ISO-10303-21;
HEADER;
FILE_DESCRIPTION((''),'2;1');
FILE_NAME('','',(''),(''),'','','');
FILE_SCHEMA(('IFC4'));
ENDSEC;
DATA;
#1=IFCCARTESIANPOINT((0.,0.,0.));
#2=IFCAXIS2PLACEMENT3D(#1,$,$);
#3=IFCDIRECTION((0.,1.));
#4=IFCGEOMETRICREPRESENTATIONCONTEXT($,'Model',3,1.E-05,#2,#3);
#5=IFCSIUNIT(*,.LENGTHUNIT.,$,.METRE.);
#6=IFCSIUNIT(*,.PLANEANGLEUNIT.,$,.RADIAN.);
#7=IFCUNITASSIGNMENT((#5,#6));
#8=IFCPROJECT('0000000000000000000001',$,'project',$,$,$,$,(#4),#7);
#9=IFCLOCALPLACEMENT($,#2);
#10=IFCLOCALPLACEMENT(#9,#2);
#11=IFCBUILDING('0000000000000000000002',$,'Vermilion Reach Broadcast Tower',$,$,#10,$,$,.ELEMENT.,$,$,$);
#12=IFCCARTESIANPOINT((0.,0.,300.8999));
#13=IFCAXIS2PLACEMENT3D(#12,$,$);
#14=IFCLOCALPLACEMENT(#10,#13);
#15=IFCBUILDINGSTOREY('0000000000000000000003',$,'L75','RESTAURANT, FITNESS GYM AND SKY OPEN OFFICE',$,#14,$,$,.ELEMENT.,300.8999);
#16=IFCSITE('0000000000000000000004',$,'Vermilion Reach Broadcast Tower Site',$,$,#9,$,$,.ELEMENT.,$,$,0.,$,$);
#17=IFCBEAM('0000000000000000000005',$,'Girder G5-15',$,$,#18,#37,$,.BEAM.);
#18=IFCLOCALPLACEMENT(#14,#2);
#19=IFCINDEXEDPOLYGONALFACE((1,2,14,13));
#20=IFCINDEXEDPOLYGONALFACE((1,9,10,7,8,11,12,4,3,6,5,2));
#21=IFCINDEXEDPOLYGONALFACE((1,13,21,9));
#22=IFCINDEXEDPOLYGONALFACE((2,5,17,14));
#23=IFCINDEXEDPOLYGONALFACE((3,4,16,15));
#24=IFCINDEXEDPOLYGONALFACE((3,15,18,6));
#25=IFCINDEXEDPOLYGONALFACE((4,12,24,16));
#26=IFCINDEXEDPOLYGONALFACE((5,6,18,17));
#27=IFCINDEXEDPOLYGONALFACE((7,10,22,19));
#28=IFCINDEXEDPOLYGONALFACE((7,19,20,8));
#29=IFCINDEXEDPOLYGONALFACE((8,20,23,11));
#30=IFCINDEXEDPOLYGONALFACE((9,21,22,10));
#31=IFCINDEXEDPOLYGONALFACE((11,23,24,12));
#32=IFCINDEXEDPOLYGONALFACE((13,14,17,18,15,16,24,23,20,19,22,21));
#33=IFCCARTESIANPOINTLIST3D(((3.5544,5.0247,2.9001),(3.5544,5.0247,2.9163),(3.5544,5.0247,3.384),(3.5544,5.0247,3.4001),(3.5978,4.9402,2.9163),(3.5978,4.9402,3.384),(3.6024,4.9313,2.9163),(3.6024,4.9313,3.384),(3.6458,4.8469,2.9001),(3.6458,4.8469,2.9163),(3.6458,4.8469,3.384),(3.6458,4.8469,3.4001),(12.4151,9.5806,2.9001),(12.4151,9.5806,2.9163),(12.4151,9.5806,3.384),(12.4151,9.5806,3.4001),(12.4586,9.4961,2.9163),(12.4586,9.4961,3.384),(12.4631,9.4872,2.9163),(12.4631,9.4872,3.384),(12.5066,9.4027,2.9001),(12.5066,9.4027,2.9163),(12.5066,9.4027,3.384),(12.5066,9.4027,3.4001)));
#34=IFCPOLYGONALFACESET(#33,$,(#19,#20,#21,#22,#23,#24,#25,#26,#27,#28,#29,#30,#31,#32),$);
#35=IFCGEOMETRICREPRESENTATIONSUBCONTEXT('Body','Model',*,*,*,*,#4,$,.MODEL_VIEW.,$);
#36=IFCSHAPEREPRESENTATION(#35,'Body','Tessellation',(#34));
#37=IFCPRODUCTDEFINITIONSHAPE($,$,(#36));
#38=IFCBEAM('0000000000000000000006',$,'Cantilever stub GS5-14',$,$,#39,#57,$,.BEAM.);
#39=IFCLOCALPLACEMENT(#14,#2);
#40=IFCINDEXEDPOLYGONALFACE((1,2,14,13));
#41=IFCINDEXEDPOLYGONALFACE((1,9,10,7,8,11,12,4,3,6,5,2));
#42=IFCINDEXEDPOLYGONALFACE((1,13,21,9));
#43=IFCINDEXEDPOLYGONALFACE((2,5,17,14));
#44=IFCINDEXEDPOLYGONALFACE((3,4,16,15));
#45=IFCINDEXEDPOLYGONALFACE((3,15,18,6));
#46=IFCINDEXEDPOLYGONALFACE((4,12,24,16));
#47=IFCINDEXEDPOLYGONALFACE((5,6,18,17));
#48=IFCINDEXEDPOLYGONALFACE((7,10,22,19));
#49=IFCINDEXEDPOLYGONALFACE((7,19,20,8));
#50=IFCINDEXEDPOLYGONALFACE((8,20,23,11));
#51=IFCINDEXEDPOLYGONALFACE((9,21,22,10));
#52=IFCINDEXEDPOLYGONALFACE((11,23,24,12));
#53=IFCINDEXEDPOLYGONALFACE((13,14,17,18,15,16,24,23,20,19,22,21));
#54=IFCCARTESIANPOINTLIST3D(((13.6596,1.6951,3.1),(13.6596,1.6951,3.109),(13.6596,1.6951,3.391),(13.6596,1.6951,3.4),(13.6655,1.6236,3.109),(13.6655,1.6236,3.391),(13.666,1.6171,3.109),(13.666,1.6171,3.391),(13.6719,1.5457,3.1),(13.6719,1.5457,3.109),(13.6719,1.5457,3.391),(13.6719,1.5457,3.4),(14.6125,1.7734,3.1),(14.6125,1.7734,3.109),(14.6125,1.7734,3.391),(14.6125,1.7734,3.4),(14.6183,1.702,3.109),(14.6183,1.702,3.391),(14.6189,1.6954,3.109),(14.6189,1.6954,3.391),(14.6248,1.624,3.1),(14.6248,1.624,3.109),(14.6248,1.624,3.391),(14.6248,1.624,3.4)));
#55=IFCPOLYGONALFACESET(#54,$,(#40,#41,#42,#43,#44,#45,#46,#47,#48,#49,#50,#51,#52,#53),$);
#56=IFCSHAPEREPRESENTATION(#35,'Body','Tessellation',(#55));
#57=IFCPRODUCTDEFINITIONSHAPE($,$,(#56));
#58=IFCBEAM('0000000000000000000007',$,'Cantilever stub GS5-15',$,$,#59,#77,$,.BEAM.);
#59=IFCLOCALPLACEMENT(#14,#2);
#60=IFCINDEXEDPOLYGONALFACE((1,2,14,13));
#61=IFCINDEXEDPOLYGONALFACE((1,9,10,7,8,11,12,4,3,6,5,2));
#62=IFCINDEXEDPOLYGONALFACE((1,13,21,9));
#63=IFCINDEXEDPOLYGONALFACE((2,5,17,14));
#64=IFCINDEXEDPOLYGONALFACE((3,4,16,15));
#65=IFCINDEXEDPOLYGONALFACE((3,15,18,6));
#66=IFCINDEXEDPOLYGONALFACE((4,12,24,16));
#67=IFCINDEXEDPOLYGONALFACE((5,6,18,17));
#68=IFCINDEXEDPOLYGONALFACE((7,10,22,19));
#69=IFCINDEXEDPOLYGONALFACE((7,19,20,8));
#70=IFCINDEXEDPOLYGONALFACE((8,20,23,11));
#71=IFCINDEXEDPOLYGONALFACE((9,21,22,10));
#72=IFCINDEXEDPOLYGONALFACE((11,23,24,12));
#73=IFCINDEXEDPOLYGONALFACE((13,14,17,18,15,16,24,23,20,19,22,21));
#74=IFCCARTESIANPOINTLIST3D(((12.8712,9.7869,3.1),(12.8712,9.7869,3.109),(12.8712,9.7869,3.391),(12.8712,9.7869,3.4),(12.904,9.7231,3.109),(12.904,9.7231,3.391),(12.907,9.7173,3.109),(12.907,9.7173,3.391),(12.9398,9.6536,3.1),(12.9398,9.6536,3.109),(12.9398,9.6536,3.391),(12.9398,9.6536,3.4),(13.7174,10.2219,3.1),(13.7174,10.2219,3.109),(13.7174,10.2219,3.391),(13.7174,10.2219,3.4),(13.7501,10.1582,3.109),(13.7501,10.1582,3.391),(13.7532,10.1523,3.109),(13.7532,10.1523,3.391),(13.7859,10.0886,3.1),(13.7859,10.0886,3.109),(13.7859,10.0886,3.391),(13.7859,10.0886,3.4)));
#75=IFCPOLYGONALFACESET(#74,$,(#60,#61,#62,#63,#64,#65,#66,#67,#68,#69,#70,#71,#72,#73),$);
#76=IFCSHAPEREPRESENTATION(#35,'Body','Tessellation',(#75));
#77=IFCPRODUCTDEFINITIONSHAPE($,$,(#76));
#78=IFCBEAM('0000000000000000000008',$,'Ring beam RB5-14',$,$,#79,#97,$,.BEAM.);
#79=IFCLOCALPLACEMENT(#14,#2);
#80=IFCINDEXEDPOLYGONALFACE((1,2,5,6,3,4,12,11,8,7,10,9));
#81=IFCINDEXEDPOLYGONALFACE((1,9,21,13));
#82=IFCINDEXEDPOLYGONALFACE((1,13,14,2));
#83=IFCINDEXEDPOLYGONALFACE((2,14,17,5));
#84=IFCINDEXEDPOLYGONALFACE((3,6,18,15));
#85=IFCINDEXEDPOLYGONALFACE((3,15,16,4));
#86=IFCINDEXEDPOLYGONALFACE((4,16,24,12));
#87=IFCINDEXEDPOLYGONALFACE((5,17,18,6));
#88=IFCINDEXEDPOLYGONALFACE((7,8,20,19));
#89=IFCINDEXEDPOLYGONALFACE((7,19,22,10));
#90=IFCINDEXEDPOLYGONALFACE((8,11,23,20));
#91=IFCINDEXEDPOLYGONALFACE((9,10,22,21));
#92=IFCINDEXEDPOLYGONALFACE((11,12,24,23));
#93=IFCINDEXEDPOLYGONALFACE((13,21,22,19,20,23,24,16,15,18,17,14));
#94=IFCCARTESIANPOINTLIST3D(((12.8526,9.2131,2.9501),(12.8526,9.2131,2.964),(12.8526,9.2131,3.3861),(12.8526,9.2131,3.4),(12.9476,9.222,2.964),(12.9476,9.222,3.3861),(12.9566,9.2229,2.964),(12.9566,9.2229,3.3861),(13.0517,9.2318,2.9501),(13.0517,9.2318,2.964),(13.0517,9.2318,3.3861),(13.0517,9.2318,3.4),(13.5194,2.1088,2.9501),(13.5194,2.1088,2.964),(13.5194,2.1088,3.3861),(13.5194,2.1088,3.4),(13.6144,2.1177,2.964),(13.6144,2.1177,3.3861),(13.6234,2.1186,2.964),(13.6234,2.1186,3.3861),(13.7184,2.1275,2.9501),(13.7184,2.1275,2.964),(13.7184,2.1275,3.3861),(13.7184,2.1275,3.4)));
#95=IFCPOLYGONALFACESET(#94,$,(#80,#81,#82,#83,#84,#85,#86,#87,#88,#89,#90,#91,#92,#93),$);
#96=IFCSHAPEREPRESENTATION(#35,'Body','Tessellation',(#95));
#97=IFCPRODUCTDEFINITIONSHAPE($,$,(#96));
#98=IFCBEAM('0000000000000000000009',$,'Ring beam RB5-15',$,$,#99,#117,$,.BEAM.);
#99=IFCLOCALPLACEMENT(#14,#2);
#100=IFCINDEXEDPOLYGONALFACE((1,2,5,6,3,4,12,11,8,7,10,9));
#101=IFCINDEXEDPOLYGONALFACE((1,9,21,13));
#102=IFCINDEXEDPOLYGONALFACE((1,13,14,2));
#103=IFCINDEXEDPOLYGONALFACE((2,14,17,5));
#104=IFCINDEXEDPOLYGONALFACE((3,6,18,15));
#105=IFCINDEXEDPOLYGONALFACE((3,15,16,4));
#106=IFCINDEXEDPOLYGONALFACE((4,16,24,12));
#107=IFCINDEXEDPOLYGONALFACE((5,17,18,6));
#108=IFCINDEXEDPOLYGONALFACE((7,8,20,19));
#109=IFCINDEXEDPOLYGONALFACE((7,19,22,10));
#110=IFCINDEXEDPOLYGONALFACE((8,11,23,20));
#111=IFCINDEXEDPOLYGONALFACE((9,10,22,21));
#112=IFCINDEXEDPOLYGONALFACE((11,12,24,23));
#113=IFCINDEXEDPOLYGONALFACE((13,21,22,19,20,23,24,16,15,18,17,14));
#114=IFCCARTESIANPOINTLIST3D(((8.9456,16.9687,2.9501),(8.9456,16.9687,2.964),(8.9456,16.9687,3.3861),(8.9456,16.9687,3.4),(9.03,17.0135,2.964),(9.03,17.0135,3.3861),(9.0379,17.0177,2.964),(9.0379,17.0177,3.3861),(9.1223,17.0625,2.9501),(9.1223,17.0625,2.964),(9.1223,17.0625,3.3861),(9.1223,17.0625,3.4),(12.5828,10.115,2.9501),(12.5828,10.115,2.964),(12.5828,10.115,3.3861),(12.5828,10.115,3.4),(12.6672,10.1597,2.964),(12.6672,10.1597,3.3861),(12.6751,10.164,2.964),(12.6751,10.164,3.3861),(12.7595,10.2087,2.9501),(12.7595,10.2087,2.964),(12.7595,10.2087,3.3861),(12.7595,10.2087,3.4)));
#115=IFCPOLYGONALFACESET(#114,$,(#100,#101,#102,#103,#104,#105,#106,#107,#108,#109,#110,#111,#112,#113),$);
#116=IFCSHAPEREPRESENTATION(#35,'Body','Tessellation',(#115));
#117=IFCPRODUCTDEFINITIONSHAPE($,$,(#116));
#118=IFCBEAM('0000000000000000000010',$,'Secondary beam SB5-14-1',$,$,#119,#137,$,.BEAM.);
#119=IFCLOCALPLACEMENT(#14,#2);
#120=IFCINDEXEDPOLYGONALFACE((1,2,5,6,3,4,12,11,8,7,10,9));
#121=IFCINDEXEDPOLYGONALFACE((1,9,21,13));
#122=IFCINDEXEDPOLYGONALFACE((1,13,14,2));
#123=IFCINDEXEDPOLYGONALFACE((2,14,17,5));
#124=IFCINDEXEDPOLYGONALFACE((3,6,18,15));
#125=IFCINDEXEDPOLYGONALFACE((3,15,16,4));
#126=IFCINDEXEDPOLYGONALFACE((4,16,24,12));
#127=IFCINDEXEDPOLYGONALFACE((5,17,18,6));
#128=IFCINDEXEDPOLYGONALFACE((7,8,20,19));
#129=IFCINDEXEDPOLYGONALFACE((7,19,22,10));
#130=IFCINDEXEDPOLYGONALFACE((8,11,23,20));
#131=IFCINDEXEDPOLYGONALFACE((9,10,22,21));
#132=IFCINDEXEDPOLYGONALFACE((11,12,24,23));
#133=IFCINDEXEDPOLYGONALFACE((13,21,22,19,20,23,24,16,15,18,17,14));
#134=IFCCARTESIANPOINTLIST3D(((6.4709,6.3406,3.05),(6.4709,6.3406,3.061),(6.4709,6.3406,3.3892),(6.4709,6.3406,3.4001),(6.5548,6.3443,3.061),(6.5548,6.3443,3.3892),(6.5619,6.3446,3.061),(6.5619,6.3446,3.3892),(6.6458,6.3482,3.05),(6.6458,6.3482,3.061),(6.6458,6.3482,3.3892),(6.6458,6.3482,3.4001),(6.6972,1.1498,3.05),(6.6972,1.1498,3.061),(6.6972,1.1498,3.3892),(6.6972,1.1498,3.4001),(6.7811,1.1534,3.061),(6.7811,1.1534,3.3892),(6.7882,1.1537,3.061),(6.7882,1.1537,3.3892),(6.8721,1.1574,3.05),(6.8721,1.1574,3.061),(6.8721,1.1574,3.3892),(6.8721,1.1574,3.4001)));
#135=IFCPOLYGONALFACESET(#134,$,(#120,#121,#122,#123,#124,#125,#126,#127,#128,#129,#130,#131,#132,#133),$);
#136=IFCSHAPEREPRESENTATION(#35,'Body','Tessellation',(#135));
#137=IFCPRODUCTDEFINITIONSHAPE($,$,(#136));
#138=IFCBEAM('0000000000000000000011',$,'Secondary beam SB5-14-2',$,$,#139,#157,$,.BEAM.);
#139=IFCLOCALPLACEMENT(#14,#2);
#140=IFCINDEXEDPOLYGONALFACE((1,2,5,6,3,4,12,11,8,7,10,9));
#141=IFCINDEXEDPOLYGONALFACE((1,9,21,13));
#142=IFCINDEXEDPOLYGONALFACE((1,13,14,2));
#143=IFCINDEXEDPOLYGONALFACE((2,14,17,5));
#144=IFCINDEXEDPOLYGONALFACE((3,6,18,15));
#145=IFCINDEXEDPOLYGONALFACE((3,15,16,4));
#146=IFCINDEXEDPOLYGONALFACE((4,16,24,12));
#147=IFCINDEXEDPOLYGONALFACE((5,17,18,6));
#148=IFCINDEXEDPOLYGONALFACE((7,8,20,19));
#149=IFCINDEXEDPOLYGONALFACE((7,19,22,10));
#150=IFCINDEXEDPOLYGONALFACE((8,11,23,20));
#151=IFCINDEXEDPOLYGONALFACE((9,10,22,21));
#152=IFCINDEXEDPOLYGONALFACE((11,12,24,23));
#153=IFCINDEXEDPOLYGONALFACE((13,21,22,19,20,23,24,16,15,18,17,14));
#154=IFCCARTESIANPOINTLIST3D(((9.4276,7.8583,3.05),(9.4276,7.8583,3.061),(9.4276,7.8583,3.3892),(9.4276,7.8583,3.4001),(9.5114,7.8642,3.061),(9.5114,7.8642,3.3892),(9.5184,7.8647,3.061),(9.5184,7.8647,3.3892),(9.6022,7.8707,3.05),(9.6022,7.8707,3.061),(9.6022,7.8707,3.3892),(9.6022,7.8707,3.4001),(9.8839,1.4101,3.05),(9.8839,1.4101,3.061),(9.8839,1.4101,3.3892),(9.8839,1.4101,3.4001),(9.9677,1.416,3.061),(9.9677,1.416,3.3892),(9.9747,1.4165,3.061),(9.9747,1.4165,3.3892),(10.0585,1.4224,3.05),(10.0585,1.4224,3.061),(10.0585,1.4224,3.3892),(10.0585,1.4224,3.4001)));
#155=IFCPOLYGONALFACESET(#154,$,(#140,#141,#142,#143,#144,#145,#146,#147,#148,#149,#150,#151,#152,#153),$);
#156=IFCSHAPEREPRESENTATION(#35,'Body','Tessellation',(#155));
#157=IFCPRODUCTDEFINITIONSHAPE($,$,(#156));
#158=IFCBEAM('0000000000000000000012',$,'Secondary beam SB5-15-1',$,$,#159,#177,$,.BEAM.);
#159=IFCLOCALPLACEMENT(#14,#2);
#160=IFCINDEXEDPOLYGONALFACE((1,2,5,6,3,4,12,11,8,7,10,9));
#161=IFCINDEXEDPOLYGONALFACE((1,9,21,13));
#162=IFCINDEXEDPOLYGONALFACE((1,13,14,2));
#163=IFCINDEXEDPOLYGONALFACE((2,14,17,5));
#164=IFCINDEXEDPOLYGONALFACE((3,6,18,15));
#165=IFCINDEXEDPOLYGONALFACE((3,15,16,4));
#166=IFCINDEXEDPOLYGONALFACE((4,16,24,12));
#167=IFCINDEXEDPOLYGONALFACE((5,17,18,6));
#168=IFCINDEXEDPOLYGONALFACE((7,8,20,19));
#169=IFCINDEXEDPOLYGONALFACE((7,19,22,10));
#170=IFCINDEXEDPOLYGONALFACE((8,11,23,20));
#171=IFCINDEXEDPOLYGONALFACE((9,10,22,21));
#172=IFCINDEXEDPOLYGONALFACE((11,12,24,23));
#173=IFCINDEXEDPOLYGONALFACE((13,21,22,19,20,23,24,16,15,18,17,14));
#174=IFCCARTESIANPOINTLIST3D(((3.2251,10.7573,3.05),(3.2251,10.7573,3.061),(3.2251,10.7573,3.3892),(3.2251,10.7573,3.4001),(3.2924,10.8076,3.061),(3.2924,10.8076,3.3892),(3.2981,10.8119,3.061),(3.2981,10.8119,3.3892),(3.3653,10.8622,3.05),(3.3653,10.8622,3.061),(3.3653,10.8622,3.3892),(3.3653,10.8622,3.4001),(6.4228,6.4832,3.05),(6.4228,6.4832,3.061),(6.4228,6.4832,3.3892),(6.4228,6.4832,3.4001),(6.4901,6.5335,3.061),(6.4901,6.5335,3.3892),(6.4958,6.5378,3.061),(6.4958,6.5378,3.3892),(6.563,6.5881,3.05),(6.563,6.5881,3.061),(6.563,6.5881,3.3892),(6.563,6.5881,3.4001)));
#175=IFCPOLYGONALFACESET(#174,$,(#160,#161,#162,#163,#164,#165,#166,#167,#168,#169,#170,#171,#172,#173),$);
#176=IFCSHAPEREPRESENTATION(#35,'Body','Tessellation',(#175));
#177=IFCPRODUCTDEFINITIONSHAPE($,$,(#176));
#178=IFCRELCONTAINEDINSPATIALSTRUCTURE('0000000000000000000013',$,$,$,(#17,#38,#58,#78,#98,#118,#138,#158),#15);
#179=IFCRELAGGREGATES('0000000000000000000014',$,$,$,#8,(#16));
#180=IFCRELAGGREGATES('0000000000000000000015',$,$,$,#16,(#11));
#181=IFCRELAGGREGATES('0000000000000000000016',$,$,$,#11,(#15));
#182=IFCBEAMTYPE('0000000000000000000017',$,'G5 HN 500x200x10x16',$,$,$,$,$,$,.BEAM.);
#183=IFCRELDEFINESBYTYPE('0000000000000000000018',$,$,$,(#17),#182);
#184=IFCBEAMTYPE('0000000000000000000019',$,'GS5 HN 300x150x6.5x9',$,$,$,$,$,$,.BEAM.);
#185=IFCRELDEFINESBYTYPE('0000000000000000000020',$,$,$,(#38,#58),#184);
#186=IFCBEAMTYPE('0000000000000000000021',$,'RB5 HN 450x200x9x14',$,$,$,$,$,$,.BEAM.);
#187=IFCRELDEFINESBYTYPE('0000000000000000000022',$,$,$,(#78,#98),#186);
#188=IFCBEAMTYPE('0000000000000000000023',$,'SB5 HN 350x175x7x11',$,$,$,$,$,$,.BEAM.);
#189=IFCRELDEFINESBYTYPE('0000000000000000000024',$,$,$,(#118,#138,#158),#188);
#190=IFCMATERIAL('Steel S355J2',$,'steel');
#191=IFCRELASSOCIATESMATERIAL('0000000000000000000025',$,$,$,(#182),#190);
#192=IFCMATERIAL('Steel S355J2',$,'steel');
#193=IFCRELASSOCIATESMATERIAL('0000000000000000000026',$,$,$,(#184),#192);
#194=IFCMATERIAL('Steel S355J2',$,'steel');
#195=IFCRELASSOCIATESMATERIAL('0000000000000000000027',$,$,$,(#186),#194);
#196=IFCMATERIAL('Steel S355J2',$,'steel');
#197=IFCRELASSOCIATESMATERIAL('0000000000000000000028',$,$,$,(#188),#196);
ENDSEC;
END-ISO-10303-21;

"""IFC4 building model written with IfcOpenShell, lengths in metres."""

from ifc_helpers import new_model, si_unit, direction, frame, origin, origin_2d, place, context, subcontext, project, spatial, i_section, extrude, material, material_profile, profile_set, type_object, element, save


model = new_model("IFC4")

# Units and contexts
model_context = context("Model", 3, precision=1e-05, world=origin(), true_north=direction((0.0, 1.0)))
body_context = subcontext(model_context, "Body", "Model", "MODEL_VIEW")
ifc_project = project(units=[si_unit("LENGTHUNIT", "METRE"), si_unit("PLANEANGLEUNIT", "RADIAN")], contexts=[model_context])

# Site, building, storey
site_placement = place(None, origin())
site = spatial("IfcSite", under=ifc_project, at=site_placement, Name="Vermilion Reach Broadcast Tower Site", CompositionType="ELEMENT", RefElevation=0.0)
building_placement = place(site_placement, origin())
building = spatial("IfcBuilding", under=site, at=building_placement, Name="Vermilion Reach Broadcast Tower", CompositionType="ELEMENT")
storey_placement = place(building_placement, frame((0.0, 0.0, 300.8999)))
storey = spatial("IfcBuildingStorey", under=building, at=storey_placement, Name="L75", Description="RESTAURANT, FITNESS GYM AND SKY OPEN OFFICE", CompositionType="ELEMENT", Elevation=300.8999)

# Beams
ifc_material_1 = material(Name="Steel S355J2", Category="steel")
ifc_material_profile_1 = material_profile(ifc_material_1, i_section(OverallWidth=0.2, OverallDepth=0.5, WebThickness=0.01, FlangeThickness=0.0161, at=origin_2d()), Name="S355J2 HN 500x200x10x16")
ifc_profile_set_1 = profile_set([ifc_material_profile_1], Name="Steel S355J2")
beam_type_1 = type_object("IfcBeamType", Name="G5 HN 500x200x10x16", PredefinedType="BEAM", material=ifc_profile_set_1)
beam_1_placement = place(storey_placement, frame((3.6001, 4.9358, 3.1501), z_axis=(0.889333, 0.457261, 0.0), x_axis=(-0.457261, 0.889333, 0.0)))
element("IfcBeam", 1, at=beam_1_placement, inside=storey, type_object=beam_type_1, Name="Girder G5-15", PredefinedType="BEAM", context=body_context, shape_type="SweptSolid", body=[
    extrude(i_section(OverallWidth=0.2, OverallDepth=0.5, WebThickness=0.01, FlangeThickness=0.0161, at=origin_2d()), origin(), (0.0, 0.0, 1.0), 9.9634),
])
ifc_material_2 = material(Name="Steel S355J2", Category="steel")
ifc_material_profile_2 = material_profile(ifc_material_2, i_section(OverallWidth=0.1499, OverallDepth=0.3, WebThickness=0.0066, FlangeThickness=0.009, at=origin_2d()), Name="S355J2 HN 300x150x6.5x9")
ifc_profile_set_2 = profile_set([ifc_material_profile_2], Name="Steel S355J2")
beam_type_2 = type_object("IfcBeamType", Name="GS5 HN 300x150x6.5x9", PredefinedType="BEAM", material=ifc_profile_set_2)
beam_2_placement = place(storey_placement, frame((13.6658, 1.6204, 3.25), z_axis=(0.996635, 0.081968, 0.0), x_axis=(-0.081968, 0.996635, 0.0)))
element("IfcBeam", 2, at=beam_2_placement, inside=storey, type_object=beam_type_2, Name="Cantilever stub GS5-14", PredefinedType="BEAM", context=body_context, shape_type="SweptSolid", body=[
    extrude(i_section(OverallWidth=0.1499, OverallDepth=0.3, WebThickness=0.0066, FlangeThickness=0.009, at=origin_2d()), origin(), (0.0, 0.0, 1.0), 0.9561),
])
beam_3_placement = place(storey_placement, frame((12.9055, 9.7202, 3.25), z_axis=(0.889341, 0.457244, 0.0), x_axis=(-0.457244, 0.889341, 0.0)))
element("IfcBeam", 3, at=beam_3_placement, inside=storey, type_object=beam_type_2, Name="Cantilever stub GS5-15", PredefinedType="BEAM", context=body_context, shape_type="SweptSolid", body=[
    extrude(i_section(OverallWidth=0.1499, OverallDepth=0.3, WebThickness=0.0066, FlangeThickness=0.009, at=origin_2d()), origin(), (0.0, 0.0, 1.0), 0.9514),
])
ifc_material_3 = material(Name="Steel S355J2", Category="steel")
ifc_material_profile_3 = material_profile(ifc_material_3, i_section(OverallWidth=0.2, OverallDepth=0.45, WebThickness=0.009, FlangeThickness=0.0139, at=origin_2d()), Name="S355J2 HN 450x200x9x14")
ifc_profile_set_3 = profile_set([ifc_material_profile_3], Name="Steel S355J2")
beam_type_3 = type_object("IfcBeamType", Name="RB5 HN 450x200x9x14", PredefinedType="BEAM", material=ifc_profile_set_3)
beam_4_placement = place(storey_placement, frame((13.6189, 2.1182, 3.175), z_axis=(-0.093441, 0.995625, 0.0), x_axis=(-0.995625, -0.093441, 0.0)))
element("IfcBeam", 4, at=beam_4_placement, inside=storey, type_object=beam_type_3, Name="Ring beam RB5-14", PredefinedType="BEAM", context=body_context, shape_type="SweptSolid", body=[
    extrude(i_section(OverallWidth=0.2, OverallDepth=0.45, WebThickness=0.009, FlangeThickness=0.0139, at=origin_2d()), origin(), (0.0, 0.0, 1.0), 7.1355),
])
beam_5_placement = place(storey_placement, frame((12.6711, 10.1619, 3.175), z_axis=(-0.468768, 0.883321, 0.0), x_axis=(-0.883321, -0.468768, 0.0)))
element("IfcBeam", 5, at=beam_5_placement, inside=storey, type_object=beam_type_3, Name="Ring beam RB5-15", PredefinedType="BEAM", context=body_context, shape_type="SweptSolid", body=[
    extrude(i_section(OverallWidth=0.2, OverallDepth=0.45, WebThickness=0.009, FlangeThickness=0.0139, at=origin_2d()), origin(), (0.0, 0.0, 1.0), 7.759),
])
ifc_material_4 = material(Name="Steel S355J2", Category="steel")
ifc_material_profile_4 = material_profile(ifc_material_4, i_section(OverallWidth=0.175, OverallDepth=0.3501, WebThickness=0.0071, FlangeThickness=0.011, at=origin_2d()), Name="S355J2 HN 350x175x7x11")
ifc_profile_set_4 = profile_set([ifc_material_profile_4], Name="Steel S355J2")
beam_type_4 = type_object("IfcBeamType", Name="SB5 HN 350x175x7x11", PredefinedType="BEAM", material=ifc_profile_set_4)
beam_6_placement = place(storey_placement, frame((6.7847, 1.1536, 3.2251), z_axis=(-0.043558, 0.999051, 0.0), x_axis=(-0.999051, -0.043558, 0.0)))
element("IfcBeam", 6, at=beam_6_placement, inside=storey, type_object=beam_type_4, Name="Secondary beam SB5-14-1", PredefinedType="BEAM", context=body_context, shape_type="SweptSolid", body=[
    extrude(i_section(OverallWidth=0.175, OverallDepth=0.3501, WebThickness=0.0071, FlangeThickness=0.011, at=origin_2d()), origin(), (0.0, 0.0, 1.0), 5.1958),
])
beam_7_placement = place(storey_placement, frame((9.9712, 1.4163, 3.2251), z_axis=(-0.070587, 0.997506, 0.0), x_axis=(-0.997506, -0.070587, 0.0)))
element("IfcBeam", 7, at=beam_7_placement, inside=storey, type_object=beam_type_4, Name="Secondary beam SB5-14-2", PredefinedType="BEAM", context=body_context, shape_type="SweptSolid", body=[
    extrude(i_section(OverallWidth=0.175, OverallDepth=0.3501, WebThickness=0.0071, FlangeThickness=0.011, at=origin_2d()), origin(), (0.0, 0.0, 1.0), 6.4644),
])
beam_8_placement = place(storey_placement, frame((6.4929, 6.5356, 3.2251), z_axis=(-0.599056, 0.800707, 0.0), x_axis=(-0.800707, -0.599056, 0.0)))
element("IfcBeam", 8, at=beam_8_placement, inside=storey, type_object=beam_type_4, Name="Secondary beam SB5-15-1", PredefinedType="BEAM", context=body_context, shape_type="SweptSolid", body=[
    extrude(i_section(OverallWidth=0.175, OverallDepth=0.3501, WebThickness=0.0071, FlangeThickness=0.011, at=origin_2d()), origin(), (0.0, 0.0, 1.0), 5.3379),
])

save(model, "model.ifc")
